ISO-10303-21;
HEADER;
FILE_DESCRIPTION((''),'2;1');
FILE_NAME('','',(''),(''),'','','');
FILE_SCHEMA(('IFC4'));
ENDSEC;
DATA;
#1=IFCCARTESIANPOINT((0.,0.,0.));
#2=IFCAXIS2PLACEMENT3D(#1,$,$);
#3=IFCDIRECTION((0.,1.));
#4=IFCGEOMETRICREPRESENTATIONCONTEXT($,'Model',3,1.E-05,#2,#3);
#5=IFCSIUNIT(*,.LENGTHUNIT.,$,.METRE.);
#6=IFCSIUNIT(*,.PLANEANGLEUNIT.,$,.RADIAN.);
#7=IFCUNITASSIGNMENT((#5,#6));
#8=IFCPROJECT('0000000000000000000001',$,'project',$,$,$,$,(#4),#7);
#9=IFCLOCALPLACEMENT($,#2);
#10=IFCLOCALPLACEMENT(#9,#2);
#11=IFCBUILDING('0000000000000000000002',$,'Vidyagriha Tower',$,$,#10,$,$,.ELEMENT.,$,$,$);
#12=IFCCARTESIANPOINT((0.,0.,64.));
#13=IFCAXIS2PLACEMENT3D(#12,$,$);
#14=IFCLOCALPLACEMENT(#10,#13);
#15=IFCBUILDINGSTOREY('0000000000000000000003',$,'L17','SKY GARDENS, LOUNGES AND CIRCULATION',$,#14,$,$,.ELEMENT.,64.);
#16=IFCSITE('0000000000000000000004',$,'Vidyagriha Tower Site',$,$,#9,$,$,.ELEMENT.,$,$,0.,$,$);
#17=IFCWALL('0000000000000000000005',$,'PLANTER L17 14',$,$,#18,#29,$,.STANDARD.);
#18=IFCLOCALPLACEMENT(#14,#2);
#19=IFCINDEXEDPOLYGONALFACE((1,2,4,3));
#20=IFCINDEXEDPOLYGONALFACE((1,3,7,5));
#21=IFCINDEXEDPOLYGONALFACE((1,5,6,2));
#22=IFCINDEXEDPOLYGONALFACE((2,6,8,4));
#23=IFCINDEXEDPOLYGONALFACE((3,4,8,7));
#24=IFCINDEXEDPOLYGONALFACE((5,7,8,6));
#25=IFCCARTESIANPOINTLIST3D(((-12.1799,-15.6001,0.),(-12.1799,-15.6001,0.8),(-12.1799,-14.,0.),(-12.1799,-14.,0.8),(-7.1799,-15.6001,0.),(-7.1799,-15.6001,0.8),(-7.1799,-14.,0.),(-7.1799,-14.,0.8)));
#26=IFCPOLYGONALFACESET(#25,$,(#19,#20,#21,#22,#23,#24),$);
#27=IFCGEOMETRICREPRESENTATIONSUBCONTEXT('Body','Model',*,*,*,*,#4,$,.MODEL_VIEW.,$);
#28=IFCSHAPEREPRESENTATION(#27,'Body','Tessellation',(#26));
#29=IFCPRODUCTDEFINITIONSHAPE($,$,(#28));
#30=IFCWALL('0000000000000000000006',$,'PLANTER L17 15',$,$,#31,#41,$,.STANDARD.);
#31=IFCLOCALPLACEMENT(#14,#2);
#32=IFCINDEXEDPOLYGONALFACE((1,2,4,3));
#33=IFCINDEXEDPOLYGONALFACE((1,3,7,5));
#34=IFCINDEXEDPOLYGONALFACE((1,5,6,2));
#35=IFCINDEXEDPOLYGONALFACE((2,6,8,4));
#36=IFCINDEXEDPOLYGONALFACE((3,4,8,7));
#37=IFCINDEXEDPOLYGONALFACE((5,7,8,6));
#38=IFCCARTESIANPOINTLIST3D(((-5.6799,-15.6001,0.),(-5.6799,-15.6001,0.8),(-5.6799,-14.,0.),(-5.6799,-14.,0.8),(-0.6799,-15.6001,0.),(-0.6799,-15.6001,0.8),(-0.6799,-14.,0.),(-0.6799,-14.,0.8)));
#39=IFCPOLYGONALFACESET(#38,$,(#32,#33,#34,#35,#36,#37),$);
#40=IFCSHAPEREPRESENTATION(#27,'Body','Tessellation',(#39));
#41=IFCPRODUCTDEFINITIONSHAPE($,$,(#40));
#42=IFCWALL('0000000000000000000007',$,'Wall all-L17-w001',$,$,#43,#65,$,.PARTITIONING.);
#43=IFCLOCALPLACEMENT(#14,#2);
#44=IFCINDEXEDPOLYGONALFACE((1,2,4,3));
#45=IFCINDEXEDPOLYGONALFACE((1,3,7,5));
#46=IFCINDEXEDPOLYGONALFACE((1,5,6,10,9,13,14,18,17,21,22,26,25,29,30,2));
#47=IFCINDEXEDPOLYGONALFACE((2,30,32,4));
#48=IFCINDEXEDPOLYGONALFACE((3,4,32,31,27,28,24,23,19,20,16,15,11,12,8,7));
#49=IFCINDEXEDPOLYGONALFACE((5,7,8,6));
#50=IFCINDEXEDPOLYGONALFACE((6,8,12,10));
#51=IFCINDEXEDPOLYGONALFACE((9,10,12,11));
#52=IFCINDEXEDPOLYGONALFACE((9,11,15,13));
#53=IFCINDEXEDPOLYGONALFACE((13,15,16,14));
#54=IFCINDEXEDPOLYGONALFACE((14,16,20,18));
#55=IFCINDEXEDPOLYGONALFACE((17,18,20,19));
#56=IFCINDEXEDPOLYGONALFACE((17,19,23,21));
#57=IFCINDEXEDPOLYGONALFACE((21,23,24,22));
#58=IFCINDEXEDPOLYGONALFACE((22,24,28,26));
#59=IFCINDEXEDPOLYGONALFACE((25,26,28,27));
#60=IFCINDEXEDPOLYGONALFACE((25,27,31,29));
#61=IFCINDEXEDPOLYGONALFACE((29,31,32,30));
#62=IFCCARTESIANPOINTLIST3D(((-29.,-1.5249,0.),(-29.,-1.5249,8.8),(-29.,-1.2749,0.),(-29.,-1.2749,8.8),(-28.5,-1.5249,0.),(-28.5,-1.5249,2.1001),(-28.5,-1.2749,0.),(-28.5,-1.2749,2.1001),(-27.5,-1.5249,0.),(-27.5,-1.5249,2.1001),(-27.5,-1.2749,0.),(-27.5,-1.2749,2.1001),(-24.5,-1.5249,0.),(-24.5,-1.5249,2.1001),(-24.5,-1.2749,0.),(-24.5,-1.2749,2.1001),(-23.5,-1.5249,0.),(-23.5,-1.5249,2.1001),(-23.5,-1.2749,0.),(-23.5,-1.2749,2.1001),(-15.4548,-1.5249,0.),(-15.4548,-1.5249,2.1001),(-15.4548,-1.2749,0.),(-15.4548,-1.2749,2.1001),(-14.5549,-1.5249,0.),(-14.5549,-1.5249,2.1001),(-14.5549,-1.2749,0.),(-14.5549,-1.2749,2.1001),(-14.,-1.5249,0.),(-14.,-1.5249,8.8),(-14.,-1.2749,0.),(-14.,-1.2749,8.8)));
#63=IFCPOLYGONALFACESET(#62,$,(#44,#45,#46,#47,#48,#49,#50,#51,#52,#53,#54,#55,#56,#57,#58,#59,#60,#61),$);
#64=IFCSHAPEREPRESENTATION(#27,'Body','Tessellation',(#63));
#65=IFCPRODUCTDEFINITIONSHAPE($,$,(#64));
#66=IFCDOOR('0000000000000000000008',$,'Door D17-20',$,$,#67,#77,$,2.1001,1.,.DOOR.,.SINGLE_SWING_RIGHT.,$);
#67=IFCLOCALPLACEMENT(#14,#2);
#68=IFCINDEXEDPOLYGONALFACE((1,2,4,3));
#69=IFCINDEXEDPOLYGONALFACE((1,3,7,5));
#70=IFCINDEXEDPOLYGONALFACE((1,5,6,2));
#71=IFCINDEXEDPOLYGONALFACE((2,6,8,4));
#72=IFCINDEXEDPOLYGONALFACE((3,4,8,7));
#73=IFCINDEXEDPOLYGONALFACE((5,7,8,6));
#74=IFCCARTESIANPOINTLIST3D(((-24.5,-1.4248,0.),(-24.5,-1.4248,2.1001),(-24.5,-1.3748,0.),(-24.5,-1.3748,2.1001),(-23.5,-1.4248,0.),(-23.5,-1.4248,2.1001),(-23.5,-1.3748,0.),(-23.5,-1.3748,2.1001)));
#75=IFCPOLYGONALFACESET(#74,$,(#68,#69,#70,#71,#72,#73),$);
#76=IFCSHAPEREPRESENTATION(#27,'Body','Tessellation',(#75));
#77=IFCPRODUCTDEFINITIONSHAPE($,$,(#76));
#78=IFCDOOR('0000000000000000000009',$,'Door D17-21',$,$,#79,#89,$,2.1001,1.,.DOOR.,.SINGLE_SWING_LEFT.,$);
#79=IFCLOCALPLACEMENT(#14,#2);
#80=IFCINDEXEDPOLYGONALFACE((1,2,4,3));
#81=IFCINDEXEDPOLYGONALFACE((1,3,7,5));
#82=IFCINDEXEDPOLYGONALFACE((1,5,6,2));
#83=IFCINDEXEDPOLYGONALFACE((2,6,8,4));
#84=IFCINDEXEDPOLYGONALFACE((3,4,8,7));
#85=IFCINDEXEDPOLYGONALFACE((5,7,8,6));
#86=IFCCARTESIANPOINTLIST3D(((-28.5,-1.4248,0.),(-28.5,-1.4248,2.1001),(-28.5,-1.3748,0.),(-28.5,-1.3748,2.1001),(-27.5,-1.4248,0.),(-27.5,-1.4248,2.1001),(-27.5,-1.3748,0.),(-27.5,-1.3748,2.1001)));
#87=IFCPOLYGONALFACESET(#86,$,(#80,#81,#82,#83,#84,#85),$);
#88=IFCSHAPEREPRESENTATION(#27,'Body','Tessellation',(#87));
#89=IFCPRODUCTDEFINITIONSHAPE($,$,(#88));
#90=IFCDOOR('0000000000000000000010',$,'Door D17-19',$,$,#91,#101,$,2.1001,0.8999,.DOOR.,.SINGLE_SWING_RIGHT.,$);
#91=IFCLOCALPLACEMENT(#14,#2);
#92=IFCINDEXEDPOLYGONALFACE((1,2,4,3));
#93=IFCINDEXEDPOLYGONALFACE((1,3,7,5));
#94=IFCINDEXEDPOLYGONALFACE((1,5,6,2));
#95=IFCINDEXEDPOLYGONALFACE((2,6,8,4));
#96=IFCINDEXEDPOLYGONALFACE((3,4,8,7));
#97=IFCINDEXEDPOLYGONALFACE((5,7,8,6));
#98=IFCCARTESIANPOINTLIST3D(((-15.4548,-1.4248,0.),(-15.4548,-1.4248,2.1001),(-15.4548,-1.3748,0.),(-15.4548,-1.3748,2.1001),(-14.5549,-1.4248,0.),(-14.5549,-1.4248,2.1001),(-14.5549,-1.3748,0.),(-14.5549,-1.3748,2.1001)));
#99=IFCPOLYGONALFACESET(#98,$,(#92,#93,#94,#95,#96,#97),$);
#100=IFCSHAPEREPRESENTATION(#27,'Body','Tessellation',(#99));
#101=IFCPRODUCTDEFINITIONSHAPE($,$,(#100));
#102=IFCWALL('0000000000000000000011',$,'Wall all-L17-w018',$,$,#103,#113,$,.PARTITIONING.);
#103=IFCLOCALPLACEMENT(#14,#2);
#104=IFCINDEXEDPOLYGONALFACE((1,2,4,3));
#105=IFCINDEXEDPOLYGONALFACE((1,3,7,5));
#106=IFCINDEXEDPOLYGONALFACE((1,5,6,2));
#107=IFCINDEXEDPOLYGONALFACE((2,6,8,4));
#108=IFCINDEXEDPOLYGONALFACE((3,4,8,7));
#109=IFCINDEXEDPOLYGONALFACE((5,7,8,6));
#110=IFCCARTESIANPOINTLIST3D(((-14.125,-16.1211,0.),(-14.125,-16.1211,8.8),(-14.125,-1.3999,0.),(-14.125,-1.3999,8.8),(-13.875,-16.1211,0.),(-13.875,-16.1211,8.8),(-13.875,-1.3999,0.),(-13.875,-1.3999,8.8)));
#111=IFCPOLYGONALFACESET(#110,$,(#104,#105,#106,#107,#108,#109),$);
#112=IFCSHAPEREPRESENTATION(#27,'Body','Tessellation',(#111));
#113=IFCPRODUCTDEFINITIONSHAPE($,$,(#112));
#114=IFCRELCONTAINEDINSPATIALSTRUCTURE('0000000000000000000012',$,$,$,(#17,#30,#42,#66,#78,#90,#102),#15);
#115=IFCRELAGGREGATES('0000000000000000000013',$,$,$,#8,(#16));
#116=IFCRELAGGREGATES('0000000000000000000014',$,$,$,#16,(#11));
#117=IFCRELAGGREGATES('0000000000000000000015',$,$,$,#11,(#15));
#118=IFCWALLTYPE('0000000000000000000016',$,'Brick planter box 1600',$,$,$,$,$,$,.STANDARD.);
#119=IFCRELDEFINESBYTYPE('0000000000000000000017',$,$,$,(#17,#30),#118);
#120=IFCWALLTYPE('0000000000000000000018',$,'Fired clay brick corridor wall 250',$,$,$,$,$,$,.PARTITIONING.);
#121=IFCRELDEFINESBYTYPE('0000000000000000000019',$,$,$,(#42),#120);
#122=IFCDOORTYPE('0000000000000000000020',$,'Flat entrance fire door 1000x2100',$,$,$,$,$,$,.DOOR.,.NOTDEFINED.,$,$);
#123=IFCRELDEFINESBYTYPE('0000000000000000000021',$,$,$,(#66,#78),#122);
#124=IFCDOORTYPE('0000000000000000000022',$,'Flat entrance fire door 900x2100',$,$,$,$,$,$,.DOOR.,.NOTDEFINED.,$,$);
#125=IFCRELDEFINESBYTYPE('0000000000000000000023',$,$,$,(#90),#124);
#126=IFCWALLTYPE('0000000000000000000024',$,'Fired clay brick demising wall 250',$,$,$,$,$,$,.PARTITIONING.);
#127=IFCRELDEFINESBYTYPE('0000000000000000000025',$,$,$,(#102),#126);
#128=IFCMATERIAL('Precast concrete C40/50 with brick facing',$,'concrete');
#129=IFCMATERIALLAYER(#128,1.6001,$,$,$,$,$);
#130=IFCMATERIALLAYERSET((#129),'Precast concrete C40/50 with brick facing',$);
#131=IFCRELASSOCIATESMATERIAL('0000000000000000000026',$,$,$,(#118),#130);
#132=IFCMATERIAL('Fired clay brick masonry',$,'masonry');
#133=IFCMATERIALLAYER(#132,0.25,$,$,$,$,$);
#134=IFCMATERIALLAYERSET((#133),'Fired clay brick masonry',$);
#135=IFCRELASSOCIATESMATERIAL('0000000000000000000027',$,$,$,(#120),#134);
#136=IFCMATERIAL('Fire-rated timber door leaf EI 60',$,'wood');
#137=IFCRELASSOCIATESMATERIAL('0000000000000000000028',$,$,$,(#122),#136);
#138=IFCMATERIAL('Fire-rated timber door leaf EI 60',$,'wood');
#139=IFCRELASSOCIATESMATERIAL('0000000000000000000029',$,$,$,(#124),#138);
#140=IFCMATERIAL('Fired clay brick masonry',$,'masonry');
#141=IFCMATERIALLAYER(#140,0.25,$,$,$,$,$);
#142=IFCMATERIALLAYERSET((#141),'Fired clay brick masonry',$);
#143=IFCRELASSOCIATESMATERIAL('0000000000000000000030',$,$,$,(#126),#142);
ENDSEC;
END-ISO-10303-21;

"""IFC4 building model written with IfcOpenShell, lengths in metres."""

from ifc_helpers import new_model, si_unit, direction, frame, frame_2d, origin, place, context, subcontext, project, spatial, rectangle, extrude, material, layer, layer_set, type_object, element, fill, save


model = new_model("IFC4")

# Units and contexts
model_context = context("Model", 3, precision=1e-05, world=origin(), true_north=direction((0.0, 1.0)))
body_context = subcontext(model_context, "Body", "Model", "MODEL_VIEW")
ifc_project = project(units=[si_unit("LENGTHUNIT", "METRE"), si_unit("PLANEANGLEUNIT", "RADIAN")], contexts=[model_context])

# Site, building, storey
site_placement = place(None, origin())
site = spatial("IfcSite", under=ifc_project, at=site_placement, Name="Vidyagriha Tower Site", CompositionType="ELEMENT", RefElevation=0.0)
building_placement = place(site_placement, origin())
building = spatial("IfcBuilding", under=site, at=building_placement, Name="Vidyagriha Tower", CompositionType="ELEMENT")
storey_placement = place(building_placement, frame((0.0, 0.0, 64.0)))
storey = spatial("IfcBuildingStorey", under=building, at=storey_placement, Name="L17", Description="SKY GARDENS, LOUNGES AND CIRCULATION", CompositionType="ELEMENT", Elevation=64.0)

# Walls
ifc_material_1 = material(Name="Precast concrete C40/50 with brick facing", Category="concrete")
ifc_layer_1 = layer(ifc_material_1, 1.6001)
ifc_layer_set_1 = layer_set([ifc_layer_1], Name="Precast concrete C40/50 with brick facing")
wall_type_1 = type_object("IfcWallType", Name="Brick planter box 1600", PredefinedType="STANDARD", material=ifc_layer_set_1)
for number, where, name in (
    (1, (-12.1799, -14.8, 0.0), "PLANTER L17 14"),
    (2, (-5.6799, -14.8, 0.0), "PLANTER L17 15"),
):
    element("IfcWall", number, at=place(storey_placement, frame(where)), inside=storey, type_object=wall_type_1, Name=name, PredefinedType="STANDARD", context=body_context, shape_type="SweptSolid", body=[
        extrude(rectangle(XDim=5.0, YDim=1.6001, at=frame_2d((2.5, 0.0))), origin(), (0.0, 0.0, 1.0), 0.8),
    ])

# Wall, openings, doors
ifc_material_2 = material(Name="Fired clay brick masonry", Category="masonry")
ifc_layer_2 = layer(ifc_material_2, 0.25)
ifc_layer_set_2 = layer_set([ifc_layer_2], Name="Fired clay brick masonry")
wall_type_2 = type_object("IfcWallType", Name="Fired clay brick corridor wall 250", PredefinedType="PARTITIONING", material=ifc_layer_set_2)
wall_1_placement = place(storey_placement, frame((-14.0, -1.3999, 0.0), z_axis=(0.0, 0.0, 1.0), x_axis=(-1.0, 0.0, 0.0)))
wall_1 = element("IfcWall", 3, at=wall_1_placement, inside=storey, type_object=wall_type_2, Name="Wall all-L17-w001", PredefinedType="PARTITIONING", context=body_context, shape_type="SweptSolid", body=[
    extrude(rectangle(XDim=15.0, YDim=0.25, at=frame_2d((7.5, 0.0))), origin(), (0.0, 0.0, 1.0), 8.8),
])
opening_1_placement = place(wall_1_placement, frame((0.5549, 0.0, 0.0)))
opening_1 = element("IfcOpeningElement", 4, at=opening_1_placement, cuts=wall_1, PredefinedType="OPENING", context=body_context, shape_type="SweptSolid", body=[
    extrude(rectangle(XDim=0.8999, YDim=2.1001, at=frame_2d((0.45, 1.05))), frame((0.0, 0.135, 0.0), z_axis=(0.0, -1.0, 0.0), x_axis=(1.0, 0.0, 0.0)), (0.0, 0.0, 1.0), 0.27),
])
opening_2_placement = place(wall_1_placement, frame((9.5, 0.0, 0.0)))
opening_2 = element("IfcOpeningElement", 5, at=opening_2_placement, cuts=wall_1, PredefinedType="OPENING", context=body_context, shape_type="SweptSolid", body=[
    extrude(rectangle(XDim=1.0, YDim=2.1001, at=frame_2d((0.5, 1.05))), frame((0.0, 0.135, 0.0), z_axis=(0.0, -1.0, 0.0), x_axis=(1.0, 0.0, 0.0)), (0.0, 0.0, 1.0), 0.27),
])
opening_3_placement = place(wall_1_placement, frame((13.5, 0.0, 0.0)))
opening_3 = element("IfcOpeningElement", 6, at=opening_3_placement, cuts=wall_1, PredefinedType="OPENING", context=body_context, shape_type="SweptSolid", body=[
    extrude(rectangle(XDim=1.0, YDim=2.1001, at=frame_2d((0.5, 1.05))), frame((0.0, 0.135, 0.0), z_axis=(0.0, -1.0, 0.0), x_axis=(1.0, 0.0, 0.0)), (0.0, 0.0, 1.0), 0.27),
])
ifc_material_3 = material(Name="Fire-rated timber door leaf EI 60", Category="wood")
door_type_1 = type_object("IfcDoorType", Name="Flat entrance fire door 1000x2100", OperationType="NOTDEFINED", PredefinedType="DOOR", material=ifc_material_3)
door_1_placement = place(opening_2_placement, origin())
door_1 = element("IfcDoor", 7, at=door_1_placement, inside=storey, type_object=door_type_1, Name="Door D17-20", OperationType="SINGLE_SWING_RIGHT", OverallHeight=2.1001, OverallWidth=1.0, PredefinedType="DOOR", context=body_context, shape_type="SweptSolid", body=[
    extrude(rectangle(XDim=1.0, YDim=2.1001, at=frame_2d((0.5, 1.05))), frame((0.0, 0.0249, 0.0), z_axis=(0.0, -1.0, 0.0), x_axis=(1.0, 0.0, 0.0)), (0.0, 0.0, 1.0), 0.05),
])
fill(opening_2, door_1)
door_2_placement = place(opening_3_placement, origin())
door_2 = element("IfcDoor", 8, at=door_2_placement, inside=storey, type_object=door_type_1, Name="Door D17-21", OperationType="SINGLE_SWING_LEFT", OverallHeight=2.1001, OverallWidth=1.0, PredefinedType="DOOR", context=body_context, shape_type="SweptSolid", body=[
    extrude(rectangle(XDim=1.0, YDim=2.1001, at=frame_2d((0.5, 1.05))), frame((0.0, 0.0249, 0.0), z_axis=(0.0, -1.0, 0.0), x_axis=(1.0, 0.0, 0.0)), (0.0, 0.0, 1.0), 0.05),
])
fill(opening_3, door_2)
ifc_material_4 = material(Name="Fire-rated timber door leaf EI 60", Category="wood")
door_type_2 = type_object("IfcDoorType", Name="Flat entrance fire door 900x2100", OperationType="NOTDEFINED", PredefinedType="DOOR", material=ifc_material_4)
door_3_placement = place(opening_1_placement, origin())
door_3 = element("IfcDoor", 9, at=door_3_placement, inside=storey, type_object=door_type_2, Name="Door D17-19", OperationType="SINGLE_SWING_RIGHT", OverallHeight=2.1001, OverallWidth=0.8999, PredefinedType="DOOR", context=body_context, shape_type="SweptSolid", body=[
    extrude(rectangle(XDim=0.8999, YDim=2.1001, at=frame_2d((0.45, 1.05))), frame((0.0, 0.0249, 0.0), z_axis=(0.0, -1.0, 0.0), x_axis=(1.0, 0.0, 0.0)), (0.0, 0.0, 1.0), 0.05),
])
fill(opening_1, door_3)

# Wall
ifc_material_5 = material(Name="Fired clay brick masonry", Category="masonry")
ifc_layer_3 = layer(ifc_material_5, 0.25)
ifc_layer_set_3 = layer_set([ifc_layer_3], Name="Fired clay brick masonry")
wall_type_3 = type_object("IfcWallType", Name="Fired clay brick demising wall 250", PredefinedType="PARTITIONING", material=ifc_layer_set_3)
wall_2_placement = place(storey_placement, frame((-14.0, -1.3999, 0.0), z_axis=(0.0, 0.0, 1.0), x_axis=(0.0, -1.0, 0.0)))
element("IfcWall", 10, at=wall_2_placement, inside=storey, type_object=wall_type_3, Name="Wall all-L17-w018", PredefinedType="PARTITIONING", context=body_context, shape_type="SweptSolid", body=[
    extrude(rectangle(XDim=14.7212, YDim=0.25, at=frame_2d((7.3606, 0.0))), origin(), (0.0, 0.0, 1.0), 8.8),
])

save(model, "model.ifc")
